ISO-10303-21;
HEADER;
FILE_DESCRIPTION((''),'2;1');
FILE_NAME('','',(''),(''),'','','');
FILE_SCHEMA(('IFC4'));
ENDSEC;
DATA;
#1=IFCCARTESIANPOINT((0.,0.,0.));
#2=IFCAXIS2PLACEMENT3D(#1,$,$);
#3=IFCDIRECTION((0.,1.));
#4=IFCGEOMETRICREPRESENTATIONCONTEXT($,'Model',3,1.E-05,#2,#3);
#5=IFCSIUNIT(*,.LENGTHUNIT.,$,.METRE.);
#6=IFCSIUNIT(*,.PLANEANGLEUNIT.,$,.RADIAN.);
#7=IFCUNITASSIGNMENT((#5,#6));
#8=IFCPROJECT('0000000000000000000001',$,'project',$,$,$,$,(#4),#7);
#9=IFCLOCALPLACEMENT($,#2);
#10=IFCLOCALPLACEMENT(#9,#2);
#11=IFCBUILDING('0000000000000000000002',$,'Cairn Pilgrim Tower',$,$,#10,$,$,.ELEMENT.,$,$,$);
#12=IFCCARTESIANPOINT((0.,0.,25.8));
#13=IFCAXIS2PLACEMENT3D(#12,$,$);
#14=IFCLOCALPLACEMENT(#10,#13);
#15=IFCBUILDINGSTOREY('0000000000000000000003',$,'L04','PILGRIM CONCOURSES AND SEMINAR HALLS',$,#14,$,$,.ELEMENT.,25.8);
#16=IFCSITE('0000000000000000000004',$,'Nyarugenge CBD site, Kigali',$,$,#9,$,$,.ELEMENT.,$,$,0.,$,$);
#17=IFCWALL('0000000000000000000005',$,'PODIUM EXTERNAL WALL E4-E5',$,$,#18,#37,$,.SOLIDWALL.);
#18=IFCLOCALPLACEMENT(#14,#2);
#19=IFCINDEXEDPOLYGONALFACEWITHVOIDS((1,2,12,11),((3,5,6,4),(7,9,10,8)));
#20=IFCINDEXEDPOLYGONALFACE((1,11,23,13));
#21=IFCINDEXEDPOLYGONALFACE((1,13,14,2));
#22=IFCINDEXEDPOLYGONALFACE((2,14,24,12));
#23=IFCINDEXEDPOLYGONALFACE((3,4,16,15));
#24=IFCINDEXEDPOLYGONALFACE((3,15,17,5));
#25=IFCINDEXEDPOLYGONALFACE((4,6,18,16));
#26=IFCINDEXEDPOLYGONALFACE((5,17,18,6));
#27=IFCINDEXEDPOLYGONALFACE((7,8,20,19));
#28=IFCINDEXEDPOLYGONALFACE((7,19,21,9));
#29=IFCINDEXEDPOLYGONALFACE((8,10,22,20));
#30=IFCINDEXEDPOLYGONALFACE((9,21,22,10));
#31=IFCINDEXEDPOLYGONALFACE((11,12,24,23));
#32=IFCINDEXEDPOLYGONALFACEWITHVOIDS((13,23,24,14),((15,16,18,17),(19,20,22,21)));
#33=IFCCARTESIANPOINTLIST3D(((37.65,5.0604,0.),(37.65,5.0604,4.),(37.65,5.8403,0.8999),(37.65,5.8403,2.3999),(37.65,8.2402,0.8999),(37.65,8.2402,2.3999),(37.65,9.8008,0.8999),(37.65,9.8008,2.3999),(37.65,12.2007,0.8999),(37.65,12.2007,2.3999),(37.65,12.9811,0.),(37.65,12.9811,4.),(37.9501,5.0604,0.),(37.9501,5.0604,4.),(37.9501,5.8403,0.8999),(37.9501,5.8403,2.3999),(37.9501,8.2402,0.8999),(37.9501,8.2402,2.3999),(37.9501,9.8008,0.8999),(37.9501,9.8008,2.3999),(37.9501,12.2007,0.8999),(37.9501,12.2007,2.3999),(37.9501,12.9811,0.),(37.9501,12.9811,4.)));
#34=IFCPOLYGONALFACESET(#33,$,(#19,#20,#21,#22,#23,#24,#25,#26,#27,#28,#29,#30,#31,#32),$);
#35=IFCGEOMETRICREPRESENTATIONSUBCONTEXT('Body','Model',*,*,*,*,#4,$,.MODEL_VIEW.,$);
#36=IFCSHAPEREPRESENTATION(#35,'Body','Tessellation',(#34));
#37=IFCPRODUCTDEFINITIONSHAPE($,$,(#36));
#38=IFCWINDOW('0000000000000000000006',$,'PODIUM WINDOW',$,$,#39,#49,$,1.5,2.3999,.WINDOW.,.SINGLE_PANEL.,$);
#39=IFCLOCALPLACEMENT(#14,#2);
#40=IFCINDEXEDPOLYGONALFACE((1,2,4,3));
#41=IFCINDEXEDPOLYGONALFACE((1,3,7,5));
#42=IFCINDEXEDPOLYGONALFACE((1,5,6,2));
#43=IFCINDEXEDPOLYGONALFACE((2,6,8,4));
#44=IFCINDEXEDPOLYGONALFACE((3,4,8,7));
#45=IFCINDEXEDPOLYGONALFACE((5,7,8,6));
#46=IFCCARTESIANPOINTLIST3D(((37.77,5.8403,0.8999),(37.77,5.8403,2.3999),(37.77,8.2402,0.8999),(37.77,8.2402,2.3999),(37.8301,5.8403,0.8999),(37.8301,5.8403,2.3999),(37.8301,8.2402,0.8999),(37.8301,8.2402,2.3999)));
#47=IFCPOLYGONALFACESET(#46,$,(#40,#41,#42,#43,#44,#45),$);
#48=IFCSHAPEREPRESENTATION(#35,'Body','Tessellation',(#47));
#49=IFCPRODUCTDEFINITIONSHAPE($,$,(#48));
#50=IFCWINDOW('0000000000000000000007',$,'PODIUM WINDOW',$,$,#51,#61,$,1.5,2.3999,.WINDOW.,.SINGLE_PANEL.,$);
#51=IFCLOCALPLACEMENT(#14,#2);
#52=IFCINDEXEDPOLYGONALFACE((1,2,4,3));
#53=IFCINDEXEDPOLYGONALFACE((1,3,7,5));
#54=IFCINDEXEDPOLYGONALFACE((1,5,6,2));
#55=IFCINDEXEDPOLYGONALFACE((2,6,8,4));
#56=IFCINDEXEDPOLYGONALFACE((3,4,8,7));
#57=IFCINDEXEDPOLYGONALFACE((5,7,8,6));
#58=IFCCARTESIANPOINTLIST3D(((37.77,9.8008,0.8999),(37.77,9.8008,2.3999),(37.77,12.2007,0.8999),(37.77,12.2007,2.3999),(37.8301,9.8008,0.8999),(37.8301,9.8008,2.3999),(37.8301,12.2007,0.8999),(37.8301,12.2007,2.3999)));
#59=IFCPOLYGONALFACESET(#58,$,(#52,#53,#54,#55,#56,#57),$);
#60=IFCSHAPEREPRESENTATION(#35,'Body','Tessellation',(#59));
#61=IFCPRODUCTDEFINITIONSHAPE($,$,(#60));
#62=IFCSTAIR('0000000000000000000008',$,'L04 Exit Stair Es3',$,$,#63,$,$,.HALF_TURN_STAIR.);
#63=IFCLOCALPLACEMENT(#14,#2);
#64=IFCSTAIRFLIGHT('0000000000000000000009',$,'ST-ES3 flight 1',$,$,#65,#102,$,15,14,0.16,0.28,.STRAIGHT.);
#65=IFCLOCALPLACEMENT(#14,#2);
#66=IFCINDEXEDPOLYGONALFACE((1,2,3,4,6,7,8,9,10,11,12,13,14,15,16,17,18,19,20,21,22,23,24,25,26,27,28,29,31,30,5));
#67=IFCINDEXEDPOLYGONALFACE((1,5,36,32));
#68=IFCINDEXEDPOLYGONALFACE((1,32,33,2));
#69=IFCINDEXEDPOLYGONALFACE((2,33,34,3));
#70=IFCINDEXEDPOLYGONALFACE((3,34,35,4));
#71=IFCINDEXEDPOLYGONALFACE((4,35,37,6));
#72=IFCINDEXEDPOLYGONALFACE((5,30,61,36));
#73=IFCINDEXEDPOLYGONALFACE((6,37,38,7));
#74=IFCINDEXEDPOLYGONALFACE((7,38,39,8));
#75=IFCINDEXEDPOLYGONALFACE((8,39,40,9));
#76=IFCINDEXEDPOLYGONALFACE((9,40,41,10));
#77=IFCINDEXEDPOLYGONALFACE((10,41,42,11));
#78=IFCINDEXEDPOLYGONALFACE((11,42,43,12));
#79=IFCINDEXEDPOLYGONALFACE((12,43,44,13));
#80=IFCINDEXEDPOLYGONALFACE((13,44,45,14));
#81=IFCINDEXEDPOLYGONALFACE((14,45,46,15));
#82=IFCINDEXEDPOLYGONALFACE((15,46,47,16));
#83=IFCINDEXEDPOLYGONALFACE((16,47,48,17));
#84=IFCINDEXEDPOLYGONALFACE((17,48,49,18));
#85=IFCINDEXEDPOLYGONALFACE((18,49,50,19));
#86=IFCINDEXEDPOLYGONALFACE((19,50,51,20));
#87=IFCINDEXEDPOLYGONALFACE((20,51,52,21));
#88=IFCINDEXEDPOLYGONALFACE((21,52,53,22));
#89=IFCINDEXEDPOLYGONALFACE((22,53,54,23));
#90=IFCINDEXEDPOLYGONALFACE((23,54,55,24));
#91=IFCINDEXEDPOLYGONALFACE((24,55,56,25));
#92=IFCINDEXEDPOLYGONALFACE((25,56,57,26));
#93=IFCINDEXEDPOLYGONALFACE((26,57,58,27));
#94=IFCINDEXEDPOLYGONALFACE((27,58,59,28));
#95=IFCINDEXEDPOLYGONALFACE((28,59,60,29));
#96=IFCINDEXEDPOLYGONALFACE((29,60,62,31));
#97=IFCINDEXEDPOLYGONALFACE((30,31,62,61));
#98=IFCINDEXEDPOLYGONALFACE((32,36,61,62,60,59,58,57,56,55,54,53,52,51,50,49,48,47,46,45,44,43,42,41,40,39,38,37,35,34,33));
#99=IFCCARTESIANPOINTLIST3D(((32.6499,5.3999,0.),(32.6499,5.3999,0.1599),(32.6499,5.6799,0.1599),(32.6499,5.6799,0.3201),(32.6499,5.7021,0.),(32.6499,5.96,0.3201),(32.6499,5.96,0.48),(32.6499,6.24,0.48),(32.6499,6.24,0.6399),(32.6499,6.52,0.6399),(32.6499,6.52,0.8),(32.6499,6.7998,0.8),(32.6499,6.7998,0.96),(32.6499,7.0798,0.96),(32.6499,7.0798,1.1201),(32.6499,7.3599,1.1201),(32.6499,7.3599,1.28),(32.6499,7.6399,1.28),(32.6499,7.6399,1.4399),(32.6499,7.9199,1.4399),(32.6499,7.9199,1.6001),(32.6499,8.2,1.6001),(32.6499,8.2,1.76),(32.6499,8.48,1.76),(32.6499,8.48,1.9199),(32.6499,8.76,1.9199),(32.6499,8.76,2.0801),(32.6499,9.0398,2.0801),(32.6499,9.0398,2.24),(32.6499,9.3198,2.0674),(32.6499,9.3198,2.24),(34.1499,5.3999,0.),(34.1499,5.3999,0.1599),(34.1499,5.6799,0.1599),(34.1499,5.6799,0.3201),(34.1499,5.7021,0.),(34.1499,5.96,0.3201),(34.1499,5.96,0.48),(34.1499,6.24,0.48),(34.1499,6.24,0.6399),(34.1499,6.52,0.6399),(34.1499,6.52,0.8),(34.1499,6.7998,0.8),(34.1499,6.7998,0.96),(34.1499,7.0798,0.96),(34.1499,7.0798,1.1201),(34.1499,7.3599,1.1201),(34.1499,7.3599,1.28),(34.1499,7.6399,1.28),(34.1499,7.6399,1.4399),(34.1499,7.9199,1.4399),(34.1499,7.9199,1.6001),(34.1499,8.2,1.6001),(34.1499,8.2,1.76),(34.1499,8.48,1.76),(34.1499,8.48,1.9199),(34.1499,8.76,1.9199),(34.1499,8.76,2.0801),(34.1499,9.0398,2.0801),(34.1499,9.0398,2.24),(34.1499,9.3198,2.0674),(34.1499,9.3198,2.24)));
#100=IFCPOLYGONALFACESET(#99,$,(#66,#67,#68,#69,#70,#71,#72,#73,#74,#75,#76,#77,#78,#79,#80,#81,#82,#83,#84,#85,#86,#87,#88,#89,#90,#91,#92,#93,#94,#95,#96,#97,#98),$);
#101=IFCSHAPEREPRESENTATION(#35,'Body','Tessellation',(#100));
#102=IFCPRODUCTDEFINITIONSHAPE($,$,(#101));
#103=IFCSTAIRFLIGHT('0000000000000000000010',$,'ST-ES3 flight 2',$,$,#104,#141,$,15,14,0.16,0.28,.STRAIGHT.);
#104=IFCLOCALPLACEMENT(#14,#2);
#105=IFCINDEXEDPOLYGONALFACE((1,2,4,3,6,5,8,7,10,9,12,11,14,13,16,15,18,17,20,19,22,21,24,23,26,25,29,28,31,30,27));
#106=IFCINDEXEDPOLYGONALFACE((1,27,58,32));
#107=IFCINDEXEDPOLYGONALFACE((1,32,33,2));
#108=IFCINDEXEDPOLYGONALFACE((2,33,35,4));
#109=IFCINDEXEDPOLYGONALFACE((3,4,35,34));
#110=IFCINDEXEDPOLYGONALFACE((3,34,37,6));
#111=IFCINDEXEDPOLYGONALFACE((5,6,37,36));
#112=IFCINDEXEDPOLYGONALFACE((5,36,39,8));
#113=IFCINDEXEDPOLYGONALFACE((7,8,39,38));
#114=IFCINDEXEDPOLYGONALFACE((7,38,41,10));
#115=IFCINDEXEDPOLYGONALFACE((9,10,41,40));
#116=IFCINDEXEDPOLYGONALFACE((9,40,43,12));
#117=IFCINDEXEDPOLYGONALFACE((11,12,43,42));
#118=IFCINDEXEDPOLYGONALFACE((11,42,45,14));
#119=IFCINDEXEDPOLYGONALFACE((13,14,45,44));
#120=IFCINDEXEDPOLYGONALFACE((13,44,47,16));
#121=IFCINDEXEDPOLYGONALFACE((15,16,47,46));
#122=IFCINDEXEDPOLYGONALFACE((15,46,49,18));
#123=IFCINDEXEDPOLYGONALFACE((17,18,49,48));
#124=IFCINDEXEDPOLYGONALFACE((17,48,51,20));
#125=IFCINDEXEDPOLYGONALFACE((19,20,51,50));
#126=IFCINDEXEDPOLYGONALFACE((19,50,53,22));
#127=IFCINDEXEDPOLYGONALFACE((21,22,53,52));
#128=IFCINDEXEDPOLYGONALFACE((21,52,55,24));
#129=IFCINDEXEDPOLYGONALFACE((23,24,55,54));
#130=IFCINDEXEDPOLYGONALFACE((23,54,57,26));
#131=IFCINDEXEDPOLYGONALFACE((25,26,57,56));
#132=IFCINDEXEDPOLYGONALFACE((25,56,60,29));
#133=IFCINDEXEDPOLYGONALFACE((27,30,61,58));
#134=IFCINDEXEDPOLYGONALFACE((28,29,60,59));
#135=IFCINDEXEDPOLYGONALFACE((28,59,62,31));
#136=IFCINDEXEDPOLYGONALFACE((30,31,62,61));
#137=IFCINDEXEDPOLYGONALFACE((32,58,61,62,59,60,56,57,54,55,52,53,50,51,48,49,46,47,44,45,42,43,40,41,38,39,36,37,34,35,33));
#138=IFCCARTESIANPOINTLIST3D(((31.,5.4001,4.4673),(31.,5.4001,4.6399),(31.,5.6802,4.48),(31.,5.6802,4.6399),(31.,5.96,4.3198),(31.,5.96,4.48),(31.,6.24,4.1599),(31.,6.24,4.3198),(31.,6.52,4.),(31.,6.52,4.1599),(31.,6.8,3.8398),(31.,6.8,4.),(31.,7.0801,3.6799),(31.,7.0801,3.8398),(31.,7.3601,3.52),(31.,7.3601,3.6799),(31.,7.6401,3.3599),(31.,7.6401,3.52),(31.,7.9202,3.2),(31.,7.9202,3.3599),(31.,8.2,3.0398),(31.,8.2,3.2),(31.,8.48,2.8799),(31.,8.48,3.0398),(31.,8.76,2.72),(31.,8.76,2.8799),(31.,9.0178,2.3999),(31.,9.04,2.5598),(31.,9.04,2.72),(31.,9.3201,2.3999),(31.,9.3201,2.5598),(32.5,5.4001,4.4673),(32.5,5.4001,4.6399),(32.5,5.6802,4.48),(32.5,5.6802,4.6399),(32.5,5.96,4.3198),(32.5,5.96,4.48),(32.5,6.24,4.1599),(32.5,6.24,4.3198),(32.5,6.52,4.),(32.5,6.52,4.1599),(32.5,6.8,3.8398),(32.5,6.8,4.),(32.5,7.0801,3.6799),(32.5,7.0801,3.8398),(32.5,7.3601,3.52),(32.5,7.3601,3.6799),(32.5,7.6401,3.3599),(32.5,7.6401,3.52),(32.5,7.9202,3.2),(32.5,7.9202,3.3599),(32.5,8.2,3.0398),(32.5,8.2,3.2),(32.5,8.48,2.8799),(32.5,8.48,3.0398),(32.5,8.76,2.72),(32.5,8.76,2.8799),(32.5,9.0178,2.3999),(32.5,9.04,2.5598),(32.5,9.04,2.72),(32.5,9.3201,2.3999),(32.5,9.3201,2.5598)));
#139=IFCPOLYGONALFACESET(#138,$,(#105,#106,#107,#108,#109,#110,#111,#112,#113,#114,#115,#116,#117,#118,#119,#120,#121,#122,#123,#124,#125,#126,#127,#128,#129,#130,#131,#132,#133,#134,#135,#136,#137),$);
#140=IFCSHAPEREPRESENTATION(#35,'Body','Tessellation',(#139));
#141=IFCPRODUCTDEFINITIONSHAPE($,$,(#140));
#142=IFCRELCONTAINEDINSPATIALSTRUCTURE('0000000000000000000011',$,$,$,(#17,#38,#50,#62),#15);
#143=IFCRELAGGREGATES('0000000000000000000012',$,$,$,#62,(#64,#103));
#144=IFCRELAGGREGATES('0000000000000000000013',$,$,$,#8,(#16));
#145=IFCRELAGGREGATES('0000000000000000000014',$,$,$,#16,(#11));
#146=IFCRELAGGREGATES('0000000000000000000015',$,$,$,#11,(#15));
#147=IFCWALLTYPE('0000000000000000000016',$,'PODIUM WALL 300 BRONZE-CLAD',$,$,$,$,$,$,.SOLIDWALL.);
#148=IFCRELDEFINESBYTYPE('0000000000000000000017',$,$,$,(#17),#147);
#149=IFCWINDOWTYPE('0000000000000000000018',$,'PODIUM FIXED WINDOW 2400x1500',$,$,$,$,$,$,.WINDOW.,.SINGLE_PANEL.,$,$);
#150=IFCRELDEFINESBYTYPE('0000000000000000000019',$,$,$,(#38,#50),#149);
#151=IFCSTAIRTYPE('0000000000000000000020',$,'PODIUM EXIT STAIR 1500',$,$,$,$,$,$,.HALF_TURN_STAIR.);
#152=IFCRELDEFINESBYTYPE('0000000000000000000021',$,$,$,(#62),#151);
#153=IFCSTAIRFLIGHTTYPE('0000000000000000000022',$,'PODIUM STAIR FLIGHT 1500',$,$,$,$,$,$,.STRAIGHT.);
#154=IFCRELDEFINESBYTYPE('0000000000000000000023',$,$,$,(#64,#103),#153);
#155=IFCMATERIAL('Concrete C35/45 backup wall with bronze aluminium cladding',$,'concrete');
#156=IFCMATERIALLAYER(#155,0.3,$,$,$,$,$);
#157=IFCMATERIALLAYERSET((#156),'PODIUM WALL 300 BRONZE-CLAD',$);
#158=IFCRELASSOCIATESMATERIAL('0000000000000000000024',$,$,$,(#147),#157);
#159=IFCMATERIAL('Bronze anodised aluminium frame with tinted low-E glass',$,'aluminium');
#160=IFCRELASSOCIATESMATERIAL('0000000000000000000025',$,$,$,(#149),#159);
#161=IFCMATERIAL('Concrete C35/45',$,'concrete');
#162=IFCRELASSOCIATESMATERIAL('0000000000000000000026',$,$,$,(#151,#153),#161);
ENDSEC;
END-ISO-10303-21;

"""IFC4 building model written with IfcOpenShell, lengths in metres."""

from ifc_helpers import new_model, si_unit, direction, frame, frame_2d, origin, place, context, subcontext, project, spatial, polyline, rectangle, outline, extrude, material, layer, layer_set, type_object, element, fill, aggregate, save


model = new_model("IFC4")

# Units and contexts
model_context = context("Model", 3, precision=1e-05, world=origin(), true_north=direction((0.0, 1.0)))
body_context = subcontext(model_context, "Body", "Model", "MODEL_VIEW")
ifc_project = project(units=[si_unit("LENGTHUNIT", "METRE"), si_unit("PLANEANGLEUNIT", "RADIAN")], contexts=[model_context])

# Site, building, storey
site_placement = place(None, origin())
site = spatial("IfcSite", under=ifc_project, at=site_placement, Name="Nyarugenge CBD site, Kigali", CompositionType="ELEMENT", RefElevation=0.0)
building_placement = place(site_placement, origin())
building = spatial("IfcBuilding", under=site, at=building_placement, Name="Cairn Pilgrim Tower", CompositionType="ELEMENT")
storey_placement = place(building_placement, frame((0.0, 0.0, 25.8)))
storey = spatial("IfcBuildingStorey", under=building, at=storey_placement, Name="L04", Description="PILGRIM CONCOURSES AND SEMINAR HALLS", CompositionType="ELEMENT", Elevation=25.8)

# Shared definitions
ifc_material_1 = material(Name="Concrete C35/45", Category="concrete")

# Wall, openings, windows
ifc_material_2 = material(Name="Concrete C35/45 backup wall with bronze aluminium cladding", Category="concrete")
ifc_layer_1 = layer(ifc_material_2, 0.3)
ifc_layer_set_1 = layer_set([ifc_layer_1], Name="PODIUM WALL 300 BRONZE-CLAD")
wall_type_1 = type_object("IfcWallType", Name="PODIUM WALL 300 BRONZE-CLAD", PredefinedType="SOLIDWALL", material=ifc_layer_set_1)
wall_1_placement = place(storey_placement, frame((37.8, 5.0603, 0.0), z_axis=(0.0, 0.0, 1.0), x_axis=(0.0, 1.0, 0.0)))
wall_1 = element("IfcWall", 1, at=wall_1_placement, inside=storey, type_object=wall_type_1, Name="PODIUM EXTERNAL WALL E4-E5", PredefinedType="SOLIDWALL", context=body_context, shape_type="SweptSolid", body=[
    extrude(rectangle(XDim=7.9207, YDim=0.3, at=frame_2d((3.9604, 0.0))), origin(), (0.0, 0.0, 1.0), 4.0),
])
opening_1_placement = place(wall_1_placement, frame((0.78, 0.0, 0.8999)))
opening_1 = element("IfcOpeningElement", 2, at=opening_1_placement, cuts=wall_1, PredefinedType="OPENING", context=body_context, shape_type="SweptSolid", body=[
    extrude(rectangle(XDim=2.3999, YDim=1.5, at=frame_2d((1.2, 0.75))), frame((0.0, 0.1602, 0.0), z_axis=(0.0, -1.0, 0.0), x_axis=(1.0, 0.0, 0.0)), (0.0, 0.0, 1.0), 0.3201),
])
opening_2_placement = place(wall_1_placement, frame((4.7405, 0.0, 0.8999)))
opening_2 = element("IfcOpeningElement", 3, at=opening_2_placement, cuts=wall_1, PredefinedType="OPENING", context=body_context, shape_type="SweptSolid", body=[
    extrude(rectangle(XDim=2.3999, YDim=1.5, at=frame_2d((1.2, 0.75))), frame((0.0, 0.1602, 0.0), z_axis=(0.0, -1.0, 0.0), x_axis=(1.0, 0.0, 0.0)), (0.0, 0.0, 1.0), 0.3201),
])
ifc_material_3 = material(Name="Bronze anodised aluminium frame with tinted low-E glass", Category="aluminium")
window_type = type_object("IfcWindowType", Name="PODIUM FIXED WINDOW 2400x1500", PartitioningType="SINGLE_PANEL", PredefinedType="WINDOW", material=ifc_material_3)
window_1_placement = place(opening_1_placement, origin())
window_1 = element("IfcWindow", 4, at=window_1_placement, inside=storey, type_object=window_type, Name="PODIUM WINDOW", OverallHeight=1.5, OverallWidth=2.3999, PartitioningType="SINGLE_PANEL", PredefinedType="WINDOW", context=body_context, shape_type="SweptSolid", body=[
    extrude(rectangle(XDim=2.3999, YDim=1.5, at=frame_2d((1.2, 0.75))), frame((0.0, 0.03, 0.0), z_axis=(0.0, -1.0, 0.0), x_axis=(1.0, 0.0, 0.0)), (0.0, 0.0, 1.0), 0.0601),
])
fill(opening_1, window_1)
window_2_placement = place(opening_2_placement, origin())
window_2 = element("IfcWindow", 5, at=window_2_placement, inside=storey, type_object=window_type, Name="PODIUM WINDOW", OverallHeight=1.5, OverallWidth=2.3999, PartitioningType="SINGLE_PANEL", PredefinedType="WINDOW", context=body_context, shape_type="SweptSolid", body=[
    extrude(rectangle(XDim=2.3999, YDim=1.5, at=frame_2d((1.2, 0.75))), frame((0.0, 0.03, 0.0), z_axis=(0.0, -1.0, 0.0), x_axis=(1.0, 0.0, 0.0)), (0.0, 0.0, 1.0), 0.0601),
])
fill(opening_2, window_2)

# Stair, stair flights
stair_type = type_object("IfcStairType", Name="PODIUM EXIT STAIR 1500", PredefinedType="HALF_TURN_STAIR", material=ifc_material_1)
stair_placement = place(storey_placement, origin())
stair = element("IfcStair", 6, at=stair_placement, inside=storey, type_object=stair_type, Name="L04 Exit Stair Es3", PredefinedType="HALF_TURN_STAIR")
stair_flight_type = type_object("IfcStairFlightType", Name="PODIUM STAIR FLIGHT 1500", PredefinedType="STRAIGHT", material=ifc_material_1)
stair_flight_1_placement = place(storey_placement, frame((33.3999, 5.3999, 0.0), z_axis=(0.0, 0.0, 1.0), x_axis=(0.0, 1.0, 0.0)))
stair_flight_1 = element("IfcStairFlight", 7, at=stair_flight_1_placement, type_object=stair_flight_type, Name="ST-ES3 flight 1", NumberOfRisers=15, NumberOfTreads=14, PredefinedType="STRAIGHT", RiserHeight=0.16, TreadLength=0.28, context=body_context, shape_type="SweptSolid", body=[
    extrude(outline(polyline([(0.0, 0.0), (0.0, 0.1599), (0.28, 0.1599), (0.28, 0.3201), (0.5601, 0.3201), (0.5601, 0.48), (0.8401, 0.48), (0.8401, 0.6399), (1.1201, 0.6399), (1.1201, 0.8), (1.3999, 0.8), (1.3999, 0.96), (1.6799, 0.96), (1.6799, 1.1201), (1.96, 1.1201), (1.96, 1.28), (2.24, 1.28), (2.24, 1.4399), (2.52, 1.4399), (2.52, 1.6001), (2.8, 1.6001), (2.8, 1.76), (3.0801, 1.76), (3.0801, 1.9199), (3.3601, 1.9199), (3.3601, 2.0801), (3.6399, 2.0801), (3.6399, 2.24), (3.9199, 2.24), (3.9199, 2.3999), (3.9199, 2.0674), (0.3022, 0.0), (0.0, 0.0)])), frame((0.0, 0.75, 0.0), z_axis=(0.0, -1.0, 0.0), x_axis=(1.0, 0.0, 0.0)), (0.0, 0.0, 1.0), 1.5),
])
stair_flight_2_placement = place(storey_placement, frame((31.75, 9.3201, 2.3999), z_axis=(0.0, 0.0, 1.0), x_axis=(0.0, -1.0, 0.0)))
stair_flight_2 = element("IfcStairFlight", 8, at=stair_flight_2_placement, type_object=stair_flight_type, Name="ST-ES3 flight 2", NumberOfRisers=15, NumberOfTreads=14, PredefinedType="STRAIGHT", RiserHeight=0.16, TreadLength=0.28, context=body_context, shape_type="SweptSolid", body=[
    extrude(outline(polyline([(0.0, 0.0), (0.0, 0.1599), (0.28, 0.1599), (0.28, 0.3201), (0.5601, 0.3201), (0.5601, 0.48), (0.8401, 0.48), (0.8401, 0.6399), (1.1201, 0.6399), (1.1201, 0.8), (1.3999, 0.8), (1.3999, 0.96), (1.6799, 0.96), (1.6799, 1.1201), (1.96, 1.1201), (1.96, 1.28), (2.24, 1.28), (2.24, 1.4399), (2.52, 1.4399), (2.52, 1.6001), (2.8, 1.6001), (2.8, 1.76), (3.0801, 1.76), (3.0801, 1.9199), (3.3601, 1.9199), (3.3601, 2.0801), (3.6399, 2.0801), (3.6399, 2.24), (3.9199, 2.24), (3.9199, 2.3999), (3.9199, 2.0674), (0.3022, 0.0), (0.0, 0.0)])), frame((0.0, 0.75, 0.0), z_axis=(0.0, -1.0, 0.0), x_axis=(1.0, 0.0, 0.0)), (0.0, 0.0, 1.0), 1.5),
])
aggregate(stair, [stair_flight_1, stair_flight_2])

save(model, "model.ifc")
